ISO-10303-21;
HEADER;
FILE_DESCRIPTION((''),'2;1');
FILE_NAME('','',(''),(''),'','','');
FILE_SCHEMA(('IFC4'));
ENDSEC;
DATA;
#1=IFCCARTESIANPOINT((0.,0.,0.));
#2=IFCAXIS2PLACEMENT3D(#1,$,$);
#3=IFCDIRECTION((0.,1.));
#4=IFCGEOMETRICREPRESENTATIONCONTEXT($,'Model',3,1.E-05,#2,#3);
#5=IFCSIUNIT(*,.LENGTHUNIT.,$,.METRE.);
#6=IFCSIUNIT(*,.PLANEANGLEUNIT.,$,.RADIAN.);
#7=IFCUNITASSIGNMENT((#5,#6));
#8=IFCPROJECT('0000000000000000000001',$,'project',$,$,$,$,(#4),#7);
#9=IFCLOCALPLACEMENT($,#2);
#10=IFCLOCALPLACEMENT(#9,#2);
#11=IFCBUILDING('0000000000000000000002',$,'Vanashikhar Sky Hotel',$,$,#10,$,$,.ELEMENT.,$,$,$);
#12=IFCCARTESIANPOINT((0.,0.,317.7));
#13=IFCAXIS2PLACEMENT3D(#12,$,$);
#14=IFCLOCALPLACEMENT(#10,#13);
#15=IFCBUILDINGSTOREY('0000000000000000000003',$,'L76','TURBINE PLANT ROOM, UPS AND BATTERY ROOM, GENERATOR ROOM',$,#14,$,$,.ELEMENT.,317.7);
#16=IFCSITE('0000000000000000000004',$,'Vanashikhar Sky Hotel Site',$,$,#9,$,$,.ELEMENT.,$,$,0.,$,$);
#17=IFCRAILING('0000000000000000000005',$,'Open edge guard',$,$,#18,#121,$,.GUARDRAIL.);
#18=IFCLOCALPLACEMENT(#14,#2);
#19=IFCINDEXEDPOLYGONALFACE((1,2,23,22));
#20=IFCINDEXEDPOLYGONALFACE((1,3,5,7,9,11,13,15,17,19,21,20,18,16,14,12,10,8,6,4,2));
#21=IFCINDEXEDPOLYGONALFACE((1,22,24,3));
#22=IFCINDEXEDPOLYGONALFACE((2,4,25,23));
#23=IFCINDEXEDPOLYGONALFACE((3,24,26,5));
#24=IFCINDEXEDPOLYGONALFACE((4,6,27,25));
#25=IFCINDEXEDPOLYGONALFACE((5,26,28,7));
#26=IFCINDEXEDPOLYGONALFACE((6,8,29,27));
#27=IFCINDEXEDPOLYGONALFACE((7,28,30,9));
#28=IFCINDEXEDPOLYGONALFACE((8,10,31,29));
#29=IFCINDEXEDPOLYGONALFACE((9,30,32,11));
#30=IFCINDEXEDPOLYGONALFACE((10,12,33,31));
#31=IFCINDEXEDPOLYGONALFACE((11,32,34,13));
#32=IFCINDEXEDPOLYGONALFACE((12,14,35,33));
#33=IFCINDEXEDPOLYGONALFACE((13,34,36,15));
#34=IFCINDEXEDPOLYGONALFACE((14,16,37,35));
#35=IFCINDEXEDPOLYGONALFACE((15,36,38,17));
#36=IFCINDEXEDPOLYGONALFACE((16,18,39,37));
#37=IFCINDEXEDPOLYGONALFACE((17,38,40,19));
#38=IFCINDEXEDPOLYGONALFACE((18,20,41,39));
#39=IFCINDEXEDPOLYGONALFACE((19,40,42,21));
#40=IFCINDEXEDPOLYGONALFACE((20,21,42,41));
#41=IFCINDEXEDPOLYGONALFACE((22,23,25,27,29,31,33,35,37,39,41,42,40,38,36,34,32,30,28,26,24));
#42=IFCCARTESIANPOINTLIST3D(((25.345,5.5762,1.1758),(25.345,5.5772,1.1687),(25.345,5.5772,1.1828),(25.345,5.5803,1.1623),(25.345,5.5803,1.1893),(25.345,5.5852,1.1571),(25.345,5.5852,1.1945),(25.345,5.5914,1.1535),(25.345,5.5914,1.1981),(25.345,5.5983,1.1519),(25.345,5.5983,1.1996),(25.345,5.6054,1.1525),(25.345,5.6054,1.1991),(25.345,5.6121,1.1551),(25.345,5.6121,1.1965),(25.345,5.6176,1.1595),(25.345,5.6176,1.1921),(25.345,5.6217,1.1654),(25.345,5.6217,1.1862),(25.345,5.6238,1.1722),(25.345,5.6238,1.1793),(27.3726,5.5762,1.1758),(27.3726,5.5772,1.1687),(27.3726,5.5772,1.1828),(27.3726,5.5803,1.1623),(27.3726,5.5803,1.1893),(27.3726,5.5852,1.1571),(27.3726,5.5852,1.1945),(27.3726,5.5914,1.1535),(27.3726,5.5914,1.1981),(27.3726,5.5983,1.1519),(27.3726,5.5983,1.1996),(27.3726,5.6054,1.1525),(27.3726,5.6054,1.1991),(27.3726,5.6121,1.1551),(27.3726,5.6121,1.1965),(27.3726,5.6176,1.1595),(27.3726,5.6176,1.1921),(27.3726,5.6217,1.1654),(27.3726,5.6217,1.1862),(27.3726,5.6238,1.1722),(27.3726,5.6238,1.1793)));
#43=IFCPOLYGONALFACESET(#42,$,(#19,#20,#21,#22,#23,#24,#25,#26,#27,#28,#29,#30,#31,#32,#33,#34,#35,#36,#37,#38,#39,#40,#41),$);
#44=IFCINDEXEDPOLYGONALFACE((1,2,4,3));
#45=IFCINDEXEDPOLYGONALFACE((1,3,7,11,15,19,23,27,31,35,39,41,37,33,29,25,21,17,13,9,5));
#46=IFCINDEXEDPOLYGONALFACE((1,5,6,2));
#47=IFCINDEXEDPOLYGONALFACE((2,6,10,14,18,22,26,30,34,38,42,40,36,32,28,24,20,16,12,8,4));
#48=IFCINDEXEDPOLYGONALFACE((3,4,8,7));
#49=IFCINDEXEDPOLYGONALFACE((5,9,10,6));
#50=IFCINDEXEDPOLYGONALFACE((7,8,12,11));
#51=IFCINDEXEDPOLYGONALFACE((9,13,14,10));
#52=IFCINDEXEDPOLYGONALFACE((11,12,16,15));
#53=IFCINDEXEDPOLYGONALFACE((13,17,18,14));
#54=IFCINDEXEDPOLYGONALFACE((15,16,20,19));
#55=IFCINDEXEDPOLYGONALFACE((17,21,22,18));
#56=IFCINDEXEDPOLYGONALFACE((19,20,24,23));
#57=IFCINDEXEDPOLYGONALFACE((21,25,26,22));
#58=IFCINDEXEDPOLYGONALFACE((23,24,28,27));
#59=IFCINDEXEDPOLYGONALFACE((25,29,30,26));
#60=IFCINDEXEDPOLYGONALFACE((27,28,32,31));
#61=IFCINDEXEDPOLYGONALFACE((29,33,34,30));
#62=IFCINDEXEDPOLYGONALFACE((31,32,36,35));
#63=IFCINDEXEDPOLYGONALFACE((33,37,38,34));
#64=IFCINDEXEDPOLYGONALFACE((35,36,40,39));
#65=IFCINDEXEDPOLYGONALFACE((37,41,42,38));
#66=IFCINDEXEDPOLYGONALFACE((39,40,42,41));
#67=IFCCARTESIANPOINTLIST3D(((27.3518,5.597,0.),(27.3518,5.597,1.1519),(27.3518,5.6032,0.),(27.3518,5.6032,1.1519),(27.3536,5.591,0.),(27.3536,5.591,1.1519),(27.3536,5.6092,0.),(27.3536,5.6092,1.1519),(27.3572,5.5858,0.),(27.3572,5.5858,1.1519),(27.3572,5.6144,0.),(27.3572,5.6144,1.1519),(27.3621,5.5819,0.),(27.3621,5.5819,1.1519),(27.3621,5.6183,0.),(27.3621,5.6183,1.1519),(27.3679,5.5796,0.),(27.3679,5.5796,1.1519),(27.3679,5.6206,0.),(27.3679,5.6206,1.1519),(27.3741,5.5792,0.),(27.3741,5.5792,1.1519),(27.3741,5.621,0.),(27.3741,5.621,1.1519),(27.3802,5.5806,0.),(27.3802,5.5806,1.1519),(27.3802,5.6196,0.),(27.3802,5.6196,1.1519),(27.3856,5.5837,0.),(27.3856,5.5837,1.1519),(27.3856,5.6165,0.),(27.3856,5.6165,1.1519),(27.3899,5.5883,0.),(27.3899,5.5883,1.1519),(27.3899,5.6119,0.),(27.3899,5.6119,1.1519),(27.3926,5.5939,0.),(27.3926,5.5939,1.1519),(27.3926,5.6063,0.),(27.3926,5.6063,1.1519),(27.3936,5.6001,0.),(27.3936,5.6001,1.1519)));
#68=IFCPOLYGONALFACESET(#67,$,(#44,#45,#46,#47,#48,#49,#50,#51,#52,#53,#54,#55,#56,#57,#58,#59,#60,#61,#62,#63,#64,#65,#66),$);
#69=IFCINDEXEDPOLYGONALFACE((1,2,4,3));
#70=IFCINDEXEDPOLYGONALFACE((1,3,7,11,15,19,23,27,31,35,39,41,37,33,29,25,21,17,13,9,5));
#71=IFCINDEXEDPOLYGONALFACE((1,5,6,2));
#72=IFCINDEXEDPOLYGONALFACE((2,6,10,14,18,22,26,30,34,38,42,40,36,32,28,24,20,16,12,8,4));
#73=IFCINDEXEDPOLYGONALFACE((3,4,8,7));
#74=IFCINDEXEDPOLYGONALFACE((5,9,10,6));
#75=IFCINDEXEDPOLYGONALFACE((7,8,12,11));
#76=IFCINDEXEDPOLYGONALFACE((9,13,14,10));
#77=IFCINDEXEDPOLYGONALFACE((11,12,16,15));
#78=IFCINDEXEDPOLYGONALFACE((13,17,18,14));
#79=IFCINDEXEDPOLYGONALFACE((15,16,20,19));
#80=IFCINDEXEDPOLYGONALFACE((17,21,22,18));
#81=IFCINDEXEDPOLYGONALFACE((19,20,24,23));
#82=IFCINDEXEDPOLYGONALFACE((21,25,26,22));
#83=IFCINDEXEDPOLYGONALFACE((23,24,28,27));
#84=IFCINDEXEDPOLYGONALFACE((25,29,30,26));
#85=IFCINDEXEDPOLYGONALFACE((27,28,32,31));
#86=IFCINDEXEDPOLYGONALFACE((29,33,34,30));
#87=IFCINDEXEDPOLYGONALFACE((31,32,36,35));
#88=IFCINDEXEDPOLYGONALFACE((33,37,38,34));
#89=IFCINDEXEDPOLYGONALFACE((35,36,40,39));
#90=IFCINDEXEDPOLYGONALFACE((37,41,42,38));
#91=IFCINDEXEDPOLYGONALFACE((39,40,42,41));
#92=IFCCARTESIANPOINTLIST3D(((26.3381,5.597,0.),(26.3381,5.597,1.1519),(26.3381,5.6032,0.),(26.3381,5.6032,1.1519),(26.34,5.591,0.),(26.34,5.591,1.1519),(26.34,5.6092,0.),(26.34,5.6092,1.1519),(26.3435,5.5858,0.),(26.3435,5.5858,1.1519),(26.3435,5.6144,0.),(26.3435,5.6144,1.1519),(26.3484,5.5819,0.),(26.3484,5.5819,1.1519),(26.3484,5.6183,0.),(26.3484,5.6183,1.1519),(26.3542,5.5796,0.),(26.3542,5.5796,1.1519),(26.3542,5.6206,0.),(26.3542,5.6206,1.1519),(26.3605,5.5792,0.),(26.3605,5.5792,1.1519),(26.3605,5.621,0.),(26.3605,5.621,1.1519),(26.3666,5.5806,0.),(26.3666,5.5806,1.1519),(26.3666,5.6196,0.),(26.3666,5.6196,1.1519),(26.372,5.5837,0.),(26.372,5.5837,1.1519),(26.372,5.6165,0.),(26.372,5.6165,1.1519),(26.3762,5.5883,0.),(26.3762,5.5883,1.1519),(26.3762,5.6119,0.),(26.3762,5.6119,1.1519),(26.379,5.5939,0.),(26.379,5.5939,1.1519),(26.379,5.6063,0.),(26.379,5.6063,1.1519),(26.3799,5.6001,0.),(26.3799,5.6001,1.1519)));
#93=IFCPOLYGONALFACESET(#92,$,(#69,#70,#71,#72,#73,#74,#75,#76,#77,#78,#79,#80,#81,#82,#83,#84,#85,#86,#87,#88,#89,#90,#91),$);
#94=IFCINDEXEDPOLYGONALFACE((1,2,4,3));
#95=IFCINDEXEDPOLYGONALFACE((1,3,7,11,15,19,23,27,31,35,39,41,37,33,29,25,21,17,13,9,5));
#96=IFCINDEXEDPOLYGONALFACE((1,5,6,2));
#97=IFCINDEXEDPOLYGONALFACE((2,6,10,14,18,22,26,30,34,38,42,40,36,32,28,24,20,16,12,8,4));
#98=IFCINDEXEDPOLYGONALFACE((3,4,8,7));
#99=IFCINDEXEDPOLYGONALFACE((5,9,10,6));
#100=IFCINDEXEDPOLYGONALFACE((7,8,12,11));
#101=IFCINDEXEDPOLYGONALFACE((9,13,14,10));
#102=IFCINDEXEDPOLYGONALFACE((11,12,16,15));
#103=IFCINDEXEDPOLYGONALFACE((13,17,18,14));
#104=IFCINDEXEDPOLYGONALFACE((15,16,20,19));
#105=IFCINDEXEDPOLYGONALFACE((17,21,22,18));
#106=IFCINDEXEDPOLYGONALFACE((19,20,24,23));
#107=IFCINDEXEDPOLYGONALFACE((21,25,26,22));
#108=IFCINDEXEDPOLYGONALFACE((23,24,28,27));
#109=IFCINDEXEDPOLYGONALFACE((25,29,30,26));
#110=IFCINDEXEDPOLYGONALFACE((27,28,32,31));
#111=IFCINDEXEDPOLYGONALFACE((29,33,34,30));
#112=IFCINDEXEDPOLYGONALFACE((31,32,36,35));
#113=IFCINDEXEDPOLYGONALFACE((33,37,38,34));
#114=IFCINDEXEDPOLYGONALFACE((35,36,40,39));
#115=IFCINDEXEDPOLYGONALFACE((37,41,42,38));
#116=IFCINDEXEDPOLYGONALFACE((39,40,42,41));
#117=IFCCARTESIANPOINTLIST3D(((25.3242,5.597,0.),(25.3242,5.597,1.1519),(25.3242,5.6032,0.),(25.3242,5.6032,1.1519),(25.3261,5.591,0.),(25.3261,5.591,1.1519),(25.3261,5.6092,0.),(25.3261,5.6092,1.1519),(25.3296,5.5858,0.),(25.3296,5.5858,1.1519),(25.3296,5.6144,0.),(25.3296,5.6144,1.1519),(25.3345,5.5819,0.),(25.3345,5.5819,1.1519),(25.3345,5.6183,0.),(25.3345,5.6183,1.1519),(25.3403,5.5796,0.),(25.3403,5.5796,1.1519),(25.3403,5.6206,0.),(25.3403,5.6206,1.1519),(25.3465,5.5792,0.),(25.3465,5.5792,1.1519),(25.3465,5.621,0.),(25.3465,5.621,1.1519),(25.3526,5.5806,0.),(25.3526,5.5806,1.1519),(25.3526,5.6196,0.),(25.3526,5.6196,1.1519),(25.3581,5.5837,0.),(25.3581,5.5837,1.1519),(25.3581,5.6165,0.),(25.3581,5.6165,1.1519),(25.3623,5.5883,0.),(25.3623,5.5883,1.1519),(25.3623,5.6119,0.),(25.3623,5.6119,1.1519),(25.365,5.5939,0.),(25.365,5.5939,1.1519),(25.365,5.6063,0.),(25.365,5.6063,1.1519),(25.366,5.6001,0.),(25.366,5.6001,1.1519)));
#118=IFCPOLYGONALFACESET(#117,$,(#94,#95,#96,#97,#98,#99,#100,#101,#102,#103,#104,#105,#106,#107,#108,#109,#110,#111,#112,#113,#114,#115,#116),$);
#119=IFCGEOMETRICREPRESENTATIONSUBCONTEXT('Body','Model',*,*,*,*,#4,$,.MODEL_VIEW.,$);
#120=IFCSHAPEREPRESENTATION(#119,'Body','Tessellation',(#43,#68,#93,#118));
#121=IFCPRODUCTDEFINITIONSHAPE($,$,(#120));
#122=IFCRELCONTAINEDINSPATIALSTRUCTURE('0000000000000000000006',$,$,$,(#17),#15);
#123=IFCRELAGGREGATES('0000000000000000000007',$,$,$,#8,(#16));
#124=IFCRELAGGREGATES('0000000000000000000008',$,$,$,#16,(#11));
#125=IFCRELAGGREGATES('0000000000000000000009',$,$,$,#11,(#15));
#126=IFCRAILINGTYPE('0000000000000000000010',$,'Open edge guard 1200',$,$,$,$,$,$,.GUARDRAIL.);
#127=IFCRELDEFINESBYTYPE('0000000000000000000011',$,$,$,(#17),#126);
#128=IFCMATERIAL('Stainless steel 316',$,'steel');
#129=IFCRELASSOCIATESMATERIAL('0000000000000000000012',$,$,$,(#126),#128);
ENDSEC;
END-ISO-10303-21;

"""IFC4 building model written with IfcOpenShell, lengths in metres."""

from ifc_helpers import new_model, si_unit, direction, frame, origin, origin_2d, place, context, subcontext, project, spatial, circle, extrude, source, transform, mapped, material, type_object, element, save


model = new_model("IFC4")

# Units and contexts
model_context = context("Model", 3, precision=1e-05, world=origin(), true_north=direction((0.0, 1.0)))
body_context = subcontext(model_context, "Body", "Model", "MODEL_VIEW")
ifc_project = project(units=[si_unit("LENGTHUNIT", "METRE"), si_unit("PLANEANGLEUNIT", "RADIAN")], contexts=[model_context])

# Site, building, storey
site_placement = place(None, origin())
site = spatial("IfcSite", under=ifc_project, at=site_placement, Name="Vanashikhar Sky Hotel Site", CompositionType="ELEMENT", RefElevation=0.0)
building_placement = place(site_placement, origin())
building = spatial("IfcBuilding", under=site, at=building_placement, Name="Vanashikhar Sky Hotel", CompositionType="ELEMENT")
storey_placement = place(building_placement, frame((0.0, 0.0, 317.7)))
storey = spatial("IfcBuildingStorey", under=building, at=storey_placement, Name="L76", Description="TURBINE PLANT ROOM, UPS AND BATTERY ROOM, GENERATOR ROOM", CompositionType="ELEMENT", Elevation=317.7)

# Railing
ifc_material_1 = material(Name="Stainless steel 316", Category="steel")
railing_type = type_object("IfcRailingType", Name="Open edge guard 1200", PredefinedType="GUARDRAIL", material=ifc_material_1)
shared_shape_1 = source(origin(), body_context, "Body", "SweptSolid", [
    extrude(circle(Radius=0.0239, at=origin_2d()), frame((0.0, 0.0, 1.1758), z_axis=(-1.0, 0.0, 0.0), x_axis=(0.0, -1.0, 0.0)), (0.0, 0.0, 1.0), 2.0276),
    extrude(circle(Radius=0.021, at=origin_2d()), origin(), (0.0, 0.0, 1.0), 1.1519),
    extrude(circle(Radius=0.021, at=origin_2d()), frame((-1.0137, 0.0, 0.0)), (0.0, 0.0, 1.0), 1.1519),
    extrude(circle(Radius=0.021, at=origin_2d()), frame((-2.0276, 0.0, 0.0)), (0.0, 0.0, 1.0), 1.1519),
])
for number, where, name in (
    (1, (27.3726, 5.6001, 0.0), "Open edge guard"),
):
    element("IfcRailing", number, at=place(storey_placement, frame(where)), inside=storey, type_object=railing_type, Name=name, PredefinedType="GUARDRAIL", context=body_context, shape_type="MappedRepresentation", body=[
        mapped(shared_shape_1, transform((0.0, 0.0, 0.0), scale=1.0)),
    ])

save(model, "model.ifc")
